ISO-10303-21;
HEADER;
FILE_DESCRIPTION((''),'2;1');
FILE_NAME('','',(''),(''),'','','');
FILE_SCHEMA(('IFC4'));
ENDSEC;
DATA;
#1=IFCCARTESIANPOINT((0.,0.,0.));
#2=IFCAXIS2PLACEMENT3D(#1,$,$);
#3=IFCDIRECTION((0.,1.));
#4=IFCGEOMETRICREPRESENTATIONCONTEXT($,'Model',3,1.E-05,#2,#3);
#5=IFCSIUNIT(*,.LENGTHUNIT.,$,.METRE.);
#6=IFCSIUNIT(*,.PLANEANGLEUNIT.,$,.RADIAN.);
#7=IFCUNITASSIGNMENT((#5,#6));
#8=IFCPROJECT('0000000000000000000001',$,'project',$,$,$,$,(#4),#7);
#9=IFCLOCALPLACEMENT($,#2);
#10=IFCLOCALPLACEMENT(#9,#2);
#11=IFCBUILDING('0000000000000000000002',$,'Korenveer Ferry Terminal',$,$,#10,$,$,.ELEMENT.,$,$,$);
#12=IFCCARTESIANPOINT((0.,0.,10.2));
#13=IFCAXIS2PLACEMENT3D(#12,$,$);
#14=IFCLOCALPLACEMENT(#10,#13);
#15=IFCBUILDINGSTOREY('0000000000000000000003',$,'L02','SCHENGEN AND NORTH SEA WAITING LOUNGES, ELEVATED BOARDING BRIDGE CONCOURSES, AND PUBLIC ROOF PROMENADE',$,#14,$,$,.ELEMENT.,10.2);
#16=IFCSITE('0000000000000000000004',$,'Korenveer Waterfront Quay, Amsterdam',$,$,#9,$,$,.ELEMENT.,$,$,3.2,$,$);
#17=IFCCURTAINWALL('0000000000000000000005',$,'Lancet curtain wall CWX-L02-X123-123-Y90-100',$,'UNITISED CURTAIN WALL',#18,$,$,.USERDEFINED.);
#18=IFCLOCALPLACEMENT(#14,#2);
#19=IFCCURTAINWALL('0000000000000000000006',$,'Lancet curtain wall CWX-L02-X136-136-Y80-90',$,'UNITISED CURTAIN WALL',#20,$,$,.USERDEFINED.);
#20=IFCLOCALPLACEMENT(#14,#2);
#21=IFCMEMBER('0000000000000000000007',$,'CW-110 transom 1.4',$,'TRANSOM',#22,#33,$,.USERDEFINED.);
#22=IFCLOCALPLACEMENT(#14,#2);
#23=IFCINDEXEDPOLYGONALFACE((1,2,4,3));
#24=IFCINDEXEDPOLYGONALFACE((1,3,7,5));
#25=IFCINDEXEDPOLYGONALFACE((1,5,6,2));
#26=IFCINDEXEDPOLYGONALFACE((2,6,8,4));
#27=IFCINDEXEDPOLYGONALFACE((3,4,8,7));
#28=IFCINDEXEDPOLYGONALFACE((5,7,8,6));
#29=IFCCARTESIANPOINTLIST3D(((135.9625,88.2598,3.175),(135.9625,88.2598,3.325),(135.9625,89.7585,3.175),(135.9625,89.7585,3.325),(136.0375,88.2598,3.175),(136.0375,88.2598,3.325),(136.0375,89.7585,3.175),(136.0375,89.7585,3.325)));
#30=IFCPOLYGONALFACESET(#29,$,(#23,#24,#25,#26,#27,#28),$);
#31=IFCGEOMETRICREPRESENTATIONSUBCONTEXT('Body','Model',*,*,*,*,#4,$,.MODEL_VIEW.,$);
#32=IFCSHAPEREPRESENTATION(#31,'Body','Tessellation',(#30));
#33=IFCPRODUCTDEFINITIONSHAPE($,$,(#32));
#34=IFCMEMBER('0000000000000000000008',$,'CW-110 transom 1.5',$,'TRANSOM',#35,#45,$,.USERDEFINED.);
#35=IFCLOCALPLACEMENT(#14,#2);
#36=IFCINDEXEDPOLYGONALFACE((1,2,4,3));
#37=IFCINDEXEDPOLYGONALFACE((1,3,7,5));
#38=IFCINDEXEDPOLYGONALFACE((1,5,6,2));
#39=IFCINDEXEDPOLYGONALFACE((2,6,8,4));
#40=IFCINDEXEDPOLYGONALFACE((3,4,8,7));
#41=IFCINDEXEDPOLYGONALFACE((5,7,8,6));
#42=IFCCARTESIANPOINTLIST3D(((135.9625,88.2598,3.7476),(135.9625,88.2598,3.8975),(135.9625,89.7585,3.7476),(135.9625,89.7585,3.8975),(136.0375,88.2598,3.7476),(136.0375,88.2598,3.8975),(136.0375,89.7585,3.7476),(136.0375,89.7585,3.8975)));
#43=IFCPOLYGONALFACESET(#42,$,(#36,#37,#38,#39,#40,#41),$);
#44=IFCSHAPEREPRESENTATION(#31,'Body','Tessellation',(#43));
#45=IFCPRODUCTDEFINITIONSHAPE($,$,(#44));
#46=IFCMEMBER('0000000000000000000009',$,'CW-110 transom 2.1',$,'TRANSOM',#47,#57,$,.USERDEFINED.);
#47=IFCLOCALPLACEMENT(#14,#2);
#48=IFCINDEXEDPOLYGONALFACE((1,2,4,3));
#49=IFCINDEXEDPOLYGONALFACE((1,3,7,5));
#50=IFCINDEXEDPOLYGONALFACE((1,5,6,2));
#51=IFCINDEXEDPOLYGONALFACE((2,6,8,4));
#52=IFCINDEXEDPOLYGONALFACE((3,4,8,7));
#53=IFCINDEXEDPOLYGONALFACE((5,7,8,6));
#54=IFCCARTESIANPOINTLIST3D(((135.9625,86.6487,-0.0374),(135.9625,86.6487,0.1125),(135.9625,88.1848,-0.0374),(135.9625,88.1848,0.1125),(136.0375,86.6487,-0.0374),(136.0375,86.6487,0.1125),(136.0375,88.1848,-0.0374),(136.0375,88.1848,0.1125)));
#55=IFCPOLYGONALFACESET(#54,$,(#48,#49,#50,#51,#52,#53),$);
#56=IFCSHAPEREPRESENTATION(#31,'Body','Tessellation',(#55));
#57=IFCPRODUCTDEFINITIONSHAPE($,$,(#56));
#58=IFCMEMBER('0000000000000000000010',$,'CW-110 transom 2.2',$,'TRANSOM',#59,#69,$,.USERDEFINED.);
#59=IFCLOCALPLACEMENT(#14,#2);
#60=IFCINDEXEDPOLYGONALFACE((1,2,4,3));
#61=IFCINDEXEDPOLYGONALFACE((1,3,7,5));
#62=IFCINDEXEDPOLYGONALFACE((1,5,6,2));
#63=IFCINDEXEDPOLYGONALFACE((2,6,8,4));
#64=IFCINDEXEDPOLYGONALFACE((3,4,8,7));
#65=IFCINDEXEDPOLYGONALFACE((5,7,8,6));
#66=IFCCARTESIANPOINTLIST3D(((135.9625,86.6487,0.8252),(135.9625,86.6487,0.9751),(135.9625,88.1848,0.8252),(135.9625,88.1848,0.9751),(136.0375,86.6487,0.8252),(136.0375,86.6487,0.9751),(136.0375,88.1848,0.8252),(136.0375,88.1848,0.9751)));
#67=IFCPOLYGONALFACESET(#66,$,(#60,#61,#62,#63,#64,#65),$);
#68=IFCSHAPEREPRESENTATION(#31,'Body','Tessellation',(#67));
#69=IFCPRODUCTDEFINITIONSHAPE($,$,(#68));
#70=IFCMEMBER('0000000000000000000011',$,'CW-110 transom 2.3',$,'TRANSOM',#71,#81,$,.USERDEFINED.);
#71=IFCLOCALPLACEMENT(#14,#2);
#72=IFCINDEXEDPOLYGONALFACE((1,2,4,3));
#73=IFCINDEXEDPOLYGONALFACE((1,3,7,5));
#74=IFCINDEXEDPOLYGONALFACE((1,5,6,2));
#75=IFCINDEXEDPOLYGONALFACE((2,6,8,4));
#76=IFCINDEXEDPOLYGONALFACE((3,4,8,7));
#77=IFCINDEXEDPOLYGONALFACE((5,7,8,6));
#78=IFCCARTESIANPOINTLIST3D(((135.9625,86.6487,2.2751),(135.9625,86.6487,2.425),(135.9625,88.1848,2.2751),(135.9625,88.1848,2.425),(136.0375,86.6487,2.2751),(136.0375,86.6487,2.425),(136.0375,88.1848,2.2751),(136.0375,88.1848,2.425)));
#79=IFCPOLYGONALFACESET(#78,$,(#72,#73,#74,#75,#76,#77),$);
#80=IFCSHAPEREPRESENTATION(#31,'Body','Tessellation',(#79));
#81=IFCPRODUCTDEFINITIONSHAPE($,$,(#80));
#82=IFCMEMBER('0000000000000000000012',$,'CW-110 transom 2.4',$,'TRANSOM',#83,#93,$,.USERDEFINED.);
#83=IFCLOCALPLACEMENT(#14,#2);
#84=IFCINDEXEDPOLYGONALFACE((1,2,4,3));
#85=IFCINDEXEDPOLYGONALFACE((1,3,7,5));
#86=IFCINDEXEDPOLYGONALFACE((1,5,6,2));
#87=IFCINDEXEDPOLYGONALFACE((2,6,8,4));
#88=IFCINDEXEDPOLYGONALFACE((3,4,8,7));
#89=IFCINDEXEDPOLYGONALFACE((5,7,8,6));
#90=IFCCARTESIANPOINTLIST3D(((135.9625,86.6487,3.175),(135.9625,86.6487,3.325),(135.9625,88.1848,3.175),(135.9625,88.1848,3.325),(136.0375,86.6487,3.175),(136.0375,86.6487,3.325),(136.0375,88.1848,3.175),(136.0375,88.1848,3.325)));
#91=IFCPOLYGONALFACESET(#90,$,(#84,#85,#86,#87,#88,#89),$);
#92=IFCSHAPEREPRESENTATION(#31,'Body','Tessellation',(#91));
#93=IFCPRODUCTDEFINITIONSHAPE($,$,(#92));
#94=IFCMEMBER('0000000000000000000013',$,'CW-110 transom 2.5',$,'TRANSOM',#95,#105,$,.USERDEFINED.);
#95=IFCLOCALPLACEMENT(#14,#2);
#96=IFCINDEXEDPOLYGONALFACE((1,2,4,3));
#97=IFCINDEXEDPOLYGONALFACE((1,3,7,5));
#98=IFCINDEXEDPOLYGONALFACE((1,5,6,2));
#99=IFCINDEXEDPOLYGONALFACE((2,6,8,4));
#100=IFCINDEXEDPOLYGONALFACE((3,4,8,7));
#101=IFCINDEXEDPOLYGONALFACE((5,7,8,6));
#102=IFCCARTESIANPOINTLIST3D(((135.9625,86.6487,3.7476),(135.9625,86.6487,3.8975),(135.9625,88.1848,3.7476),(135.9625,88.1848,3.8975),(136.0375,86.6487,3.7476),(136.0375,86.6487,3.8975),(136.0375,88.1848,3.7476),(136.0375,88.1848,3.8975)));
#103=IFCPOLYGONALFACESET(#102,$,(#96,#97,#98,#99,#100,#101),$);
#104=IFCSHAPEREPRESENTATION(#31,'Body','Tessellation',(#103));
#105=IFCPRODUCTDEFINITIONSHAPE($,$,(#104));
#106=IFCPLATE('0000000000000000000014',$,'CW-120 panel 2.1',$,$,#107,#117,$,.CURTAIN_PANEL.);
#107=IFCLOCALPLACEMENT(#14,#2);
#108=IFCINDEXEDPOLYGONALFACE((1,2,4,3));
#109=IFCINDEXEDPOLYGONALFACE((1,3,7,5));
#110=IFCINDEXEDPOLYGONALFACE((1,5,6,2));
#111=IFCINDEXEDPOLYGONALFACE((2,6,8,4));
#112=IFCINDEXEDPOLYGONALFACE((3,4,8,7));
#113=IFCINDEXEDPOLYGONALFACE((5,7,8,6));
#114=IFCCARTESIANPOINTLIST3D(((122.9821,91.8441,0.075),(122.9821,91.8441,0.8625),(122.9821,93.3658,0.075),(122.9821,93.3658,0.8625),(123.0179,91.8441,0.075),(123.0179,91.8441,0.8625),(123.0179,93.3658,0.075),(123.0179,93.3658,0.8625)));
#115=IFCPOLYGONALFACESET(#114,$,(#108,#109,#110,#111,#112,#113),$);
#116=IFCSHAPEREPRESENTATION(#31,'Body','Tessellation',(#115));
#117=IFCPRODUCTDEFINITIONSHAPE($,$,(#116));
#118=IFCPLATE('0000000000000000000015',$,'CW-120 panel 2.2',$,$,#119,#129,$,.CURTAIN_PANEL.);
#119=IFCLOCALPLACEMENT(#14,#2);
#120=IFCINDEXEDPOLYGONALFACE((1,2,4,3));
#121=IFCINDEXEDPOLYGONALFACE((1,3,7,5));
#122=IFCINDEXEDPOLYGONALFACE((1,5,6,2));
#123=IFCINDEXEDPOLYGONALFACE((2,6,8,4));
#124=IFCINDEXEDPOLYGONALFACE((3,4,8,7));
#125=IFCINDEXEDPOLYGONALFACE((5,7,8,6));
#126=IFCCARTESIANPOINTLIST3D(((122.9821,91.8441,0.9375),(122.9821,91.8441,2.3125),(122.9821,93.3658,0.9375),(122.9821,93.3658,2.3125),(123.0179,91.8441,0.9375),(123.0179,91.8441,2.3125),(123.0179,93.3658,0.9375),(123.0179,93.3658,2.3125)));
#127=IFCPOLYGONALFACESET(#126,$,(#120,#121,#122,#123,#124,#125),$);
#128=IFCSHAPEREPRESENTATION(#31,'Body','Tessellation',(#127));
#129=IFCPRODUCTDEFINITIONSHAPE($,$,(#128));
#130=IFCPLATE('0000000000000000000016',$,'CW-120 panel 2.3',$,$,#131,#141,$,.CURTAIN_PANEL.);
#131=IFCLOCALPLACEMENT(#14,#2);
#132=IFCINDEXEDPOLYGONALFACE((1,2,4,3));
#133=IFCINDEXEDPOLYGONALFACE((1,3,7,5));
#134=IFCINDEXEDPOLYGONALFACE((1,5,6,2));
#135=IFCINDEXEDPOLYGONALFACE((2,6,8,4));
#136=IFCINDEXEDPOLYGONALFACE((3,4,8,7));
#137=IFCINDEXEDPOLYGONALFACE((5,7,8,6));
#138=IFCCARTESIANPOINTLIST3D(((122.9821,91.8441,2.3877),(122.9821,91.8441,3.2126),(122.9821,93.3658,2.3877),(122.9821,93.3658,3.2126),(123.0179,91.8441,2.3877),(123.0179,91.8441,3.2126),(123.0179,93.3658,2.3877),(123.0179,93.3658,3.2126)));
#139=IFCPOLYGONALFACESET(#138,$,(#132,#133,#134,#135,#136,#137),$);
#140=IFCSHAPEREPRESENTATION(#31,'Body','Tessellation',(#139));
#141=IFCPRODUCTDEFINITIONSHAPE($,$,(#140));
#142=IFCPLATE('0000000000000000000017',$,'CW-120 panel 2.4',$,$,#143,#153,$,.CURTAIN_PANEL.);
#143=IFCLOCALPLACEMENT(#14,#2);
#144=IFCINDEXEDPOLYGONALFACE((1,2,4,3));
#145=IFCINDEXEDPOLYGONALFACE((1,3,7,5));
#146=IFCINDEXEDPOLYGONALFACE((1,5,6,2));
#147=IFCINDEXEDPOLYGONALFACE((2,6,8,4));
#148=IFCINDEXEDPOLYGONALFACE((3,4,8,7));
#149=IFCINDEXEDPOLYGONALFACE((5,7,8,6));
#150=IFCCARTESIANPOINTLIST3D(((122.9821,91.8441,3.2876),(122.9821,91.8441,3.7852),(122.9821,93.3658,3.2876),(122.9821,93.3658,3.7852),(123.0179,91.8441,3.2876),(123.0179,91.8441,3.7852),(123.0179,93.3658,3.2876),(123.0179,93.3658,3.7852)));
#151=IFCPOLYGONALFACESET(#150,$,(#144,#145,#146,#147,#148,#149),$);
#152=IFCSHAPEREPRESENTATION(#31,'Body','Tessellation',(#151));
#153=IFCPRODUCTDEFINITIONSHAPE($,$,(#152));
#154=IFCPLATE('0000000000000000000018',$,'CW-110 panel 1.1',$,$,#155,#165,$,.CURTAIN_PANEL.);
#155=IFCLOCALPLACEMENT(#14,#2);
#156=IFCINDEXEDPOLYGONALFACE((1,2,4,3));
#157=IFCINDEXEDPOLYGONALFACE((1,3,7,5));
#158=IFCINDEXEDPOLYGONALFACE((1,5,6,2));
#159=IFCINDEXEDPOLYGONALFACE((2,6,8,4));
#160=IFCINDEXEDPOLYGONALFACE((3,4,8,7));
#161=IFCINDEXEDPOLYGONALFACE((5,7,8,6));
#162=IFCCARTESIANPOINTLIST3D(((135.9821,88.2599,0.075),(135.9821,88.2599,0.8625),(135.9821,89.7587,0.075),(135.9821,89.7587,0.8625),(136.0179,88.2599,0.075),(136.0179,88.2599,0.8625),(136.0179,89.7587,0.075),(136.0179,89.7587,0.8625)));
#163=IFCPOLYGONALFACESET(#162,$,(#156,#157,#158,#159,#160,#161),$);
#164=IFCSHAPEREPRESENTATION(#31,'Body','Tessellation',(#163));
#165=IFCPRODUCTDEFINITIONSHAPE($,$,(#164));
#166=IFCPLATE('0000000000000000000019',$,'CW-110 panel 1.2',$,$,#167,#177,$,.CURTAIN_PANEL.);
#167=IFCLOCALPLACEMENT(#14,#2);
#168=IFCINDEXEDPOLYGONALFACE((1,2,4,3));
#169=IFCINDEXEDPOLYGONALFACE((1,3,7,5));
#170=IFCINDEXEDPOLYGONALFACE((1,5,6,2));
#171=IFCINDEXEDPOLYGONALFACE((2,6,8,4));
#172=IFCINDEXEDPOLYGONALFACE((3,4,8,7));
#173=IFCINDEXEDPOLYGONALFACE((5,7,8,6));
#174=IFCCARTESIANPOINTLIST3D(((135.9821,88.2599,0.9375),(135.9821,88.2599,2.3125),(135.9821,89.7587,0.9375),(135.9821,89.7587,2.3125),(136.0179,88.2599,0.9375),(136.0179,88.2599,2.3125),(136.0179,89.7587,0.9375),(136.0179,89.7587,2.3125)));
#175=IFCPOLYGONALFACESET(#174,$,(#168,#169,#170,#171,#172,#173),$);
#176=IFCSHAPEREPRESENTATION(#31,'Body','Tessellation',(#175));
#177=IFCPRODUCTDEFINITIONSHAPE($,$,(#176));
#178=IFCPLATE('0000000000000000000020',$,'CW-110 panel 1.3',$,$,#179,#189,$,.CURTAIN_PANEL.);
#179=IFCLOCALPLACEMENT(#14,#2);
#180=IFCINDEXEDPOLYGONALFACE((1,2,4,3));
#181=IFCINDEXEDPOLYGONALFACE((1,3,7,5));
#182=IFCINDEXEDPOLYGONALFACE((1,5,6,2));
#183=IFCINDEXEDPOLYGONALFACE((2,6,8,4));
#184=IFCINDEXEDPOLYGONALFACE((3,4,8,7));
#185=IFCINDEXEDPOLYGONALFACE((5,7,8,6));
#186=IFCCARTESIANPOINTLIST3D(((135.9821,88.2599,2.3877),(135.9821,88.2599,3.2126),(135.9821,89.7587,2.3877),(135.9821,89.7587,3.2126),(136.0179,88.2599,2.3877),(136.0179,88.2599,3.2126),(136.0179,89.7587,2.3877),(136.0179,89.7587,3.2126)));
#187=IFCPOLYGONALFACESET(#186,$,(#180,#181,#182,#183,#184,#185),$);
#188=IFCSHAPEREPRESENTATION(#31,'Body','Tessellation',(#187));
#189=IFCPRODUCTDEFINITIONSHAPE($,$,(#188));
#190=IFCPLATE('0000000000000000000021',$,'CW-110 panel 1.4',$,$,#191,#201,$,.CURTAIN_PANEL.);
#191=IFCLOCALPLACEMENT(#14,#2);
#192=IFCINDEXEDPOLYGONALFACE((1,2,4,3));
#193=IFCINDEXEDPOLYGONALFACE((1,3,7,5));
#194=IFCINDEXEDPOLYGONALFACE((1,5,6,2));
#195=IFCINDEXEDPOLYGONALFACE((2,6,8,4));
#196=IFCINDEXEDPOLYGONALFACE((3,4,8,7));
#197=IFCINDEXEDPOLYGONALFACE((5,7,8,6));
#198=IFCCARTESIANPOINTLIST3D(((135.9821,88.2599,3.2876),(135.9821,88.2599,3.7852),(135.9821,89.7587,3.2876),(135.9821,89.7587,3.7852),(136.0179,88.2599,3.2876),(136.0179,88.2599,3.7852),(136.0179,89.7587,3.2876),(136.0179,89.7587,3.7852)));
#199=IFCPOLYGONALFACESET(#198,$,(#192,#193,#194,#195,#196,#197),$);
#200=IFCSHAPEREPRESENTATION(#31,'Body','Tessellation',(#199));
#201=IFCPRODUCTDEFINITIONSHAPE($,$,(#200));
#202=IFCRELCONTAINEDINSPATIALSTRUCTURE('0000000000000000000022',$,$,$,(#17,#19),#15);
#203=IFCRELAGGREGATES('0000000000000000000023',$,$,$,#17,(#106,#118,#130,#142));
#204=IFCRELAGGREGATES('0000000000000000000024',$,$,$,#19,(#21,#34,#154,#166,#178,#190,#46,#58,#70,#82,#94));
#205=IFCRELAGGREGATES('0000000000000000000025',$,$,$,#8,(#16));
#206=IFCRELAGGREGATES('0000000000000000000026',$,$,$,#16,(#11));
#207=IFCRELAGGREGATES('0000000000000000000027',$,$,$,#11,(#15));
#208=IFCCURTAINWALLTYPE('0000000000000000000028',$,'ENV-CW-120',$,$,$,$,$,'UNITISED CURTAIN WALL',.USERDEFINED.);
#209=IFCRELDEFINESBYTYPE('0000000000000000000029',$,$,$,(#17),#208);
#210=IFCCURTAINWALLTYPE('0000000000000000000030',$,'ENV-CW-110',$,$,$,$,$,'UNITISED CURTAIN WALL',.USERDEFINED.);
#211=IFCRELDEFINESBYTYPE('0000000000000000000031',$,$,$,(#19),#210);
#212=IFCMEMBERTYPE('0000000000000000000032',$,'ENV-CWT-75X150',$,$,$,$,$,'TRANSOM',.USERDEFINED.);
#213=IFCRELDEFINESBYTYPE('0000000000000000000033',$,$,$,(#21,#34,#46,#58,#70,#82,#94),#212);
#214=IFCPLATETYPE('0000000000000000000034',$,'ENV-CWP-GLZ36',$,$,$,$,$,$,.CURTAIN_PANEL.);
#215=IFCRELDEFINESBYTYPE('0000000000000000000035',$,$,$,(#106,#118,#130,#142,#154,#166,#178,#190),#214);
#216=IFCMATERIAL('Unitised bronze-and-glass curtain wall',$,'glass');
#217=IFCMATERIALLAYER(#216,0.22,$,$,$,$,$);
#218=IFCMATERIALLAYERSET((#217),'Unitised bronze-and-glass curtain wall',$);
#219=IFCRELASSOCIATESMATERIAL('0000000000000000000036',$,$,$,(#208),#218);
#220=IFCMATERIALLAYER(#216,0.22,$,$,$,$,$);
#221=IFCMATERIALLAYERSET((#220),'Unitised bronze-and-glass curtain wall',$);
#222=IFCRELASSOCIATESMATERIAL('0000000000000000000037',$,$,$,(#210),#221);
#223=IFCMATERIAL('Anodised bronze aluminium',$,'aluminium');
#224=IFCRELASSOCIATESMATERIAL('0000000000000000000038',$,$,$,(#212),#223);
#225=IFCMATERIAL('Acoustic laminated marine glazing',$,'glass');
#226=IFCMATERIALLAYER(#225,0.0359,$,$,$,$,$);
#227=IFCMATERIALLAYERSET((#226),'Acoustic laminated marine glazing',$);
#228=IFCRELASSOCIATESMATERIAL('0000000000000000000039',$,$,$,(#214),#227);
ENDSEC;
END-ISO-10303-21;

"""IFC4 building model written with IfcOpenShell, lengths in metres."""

from ifc_helpers import new_model, si_unit, direction, frame, origin, origin_2d, place, context, subcontext, project, spatial, rectangle, extrude, material, layer, layer_set, material_profile, profile_set, type_object, element, aggregate, save


model = new_model("IFC4")

# Units and contexts
model_context = context("Model", 3, precision=1e-05, world=origin(), true_north=direction((0.0, 1.0)))
body_context = subcontext(model_context, "Body", "Model", "MODEL_VIEW")
ifc_project = project(units=[si_unit("LENGTHUNIT", "METRE"), si_unit("PLANEANGLEUNIT", "RADIAN")], contexts=[model_context])

# Site, building, storey
site_placement = place(None, origin())
site = spatial("IfcSite", under=ifc_project, at=site_placement, Name="Korenveer Waterfront Quay, Amsterdam", CompositionType="ELEMENT", RefElevation=3.2)
building_placement = place(site_placement, origin())
building = spatial("IfcBuilding", under=site, at=building_placement, Name="Korenveer Ferry Terminal", CompositionType="ELEMENT")
storey_placement = place(building_placement, frame((0.0, 0.0, 10.2)))
storey = spatial("IfcBuildingStorey", under=building, at=storey_placement, Name="L02", Description="SCHENGEN AND NORTH SEA WAITING LOUNGES, ELEVATED BOARDING BRIDGE CONCOURSES, AND PUBLIC ROOF PROMENADE", CompositionType="ELEMENT", Elevation=10.2)

# Curtain wall
ifc_material_1 = material(Name="Unitised bronze-and-glass curtain wall", Category="glass")
ifc_layer_1 = layer(ifc_material_1, 0.22)
ifc_layer_set_1 = layer_set([ifc_layer_1], Name="Unitised bronze-and-glass curtain wall")
curtain_wall_type_1 = type_object("IfcCurtainWallType", Name="ENV-CW-120", ElementType="UNITISED CURTAIN WALL", PredefinedType="USERDEFINED", material=ifc_layer_set_1)
curtain_wall_1_placement = place(storey_placement, frame((123.0, 90.21, 0.0)))
curtain_wall_1 = element("IfcCurtainWall", 1, at=curtain_wall_1_placement, inside=storey, type_object=curtain_wall_type_1, Name="Lancet curtain wall CWX-L02-X123-123-Y90-100", ObjectType="UNITISED CURTAIN WALL", PredefinedType="USERDEFINED")
ifc_material_2 = material(Name="Anodised bronze aluminium", Category="aluminium")

# Curtain wall
ifc_layer_2 = layer(ifc_material_1, 0.22)
ifc_layer_set_2 = layer_set([ifc_layer_2], Name="Unitised bronze-and-glass curtain wall")
curtain_wall_type_2 = type_object("IfcCurtainWallType", Name="ENV-CW-110", ElementType="UNITISED CURTAIN WALL", PredefinedType="USERDEFINED", material=ifc_layer_set_2)
curtain_wall_2_placement = place(storey_placement, frame((136.0, 89.8335, 0.0)))
curtain_wall_2 = element("IfcCurtainWall", 2, at=curtain_wall_2_placement, inside=storey, type_object=curtain_wall_type_2, Name="Lancet curtain wall CWX-L02-X136-136-Y80-90", ObjectType="UNITISED CURTAIN WALL", PredefinedType="USERDEFINED")

# Members
ifc_material_profile_1 = material_profile(ifc_material_2, rectangle(XDim=0.075, YDim=0.1499, at=origin_2d()), Name="ALU 75x150")
ifc_profile_set_1 = profile_set([ifc_material_profile_1], Name="Anodised bronze aluminium")
member_type_1 = type_object("IfcMemberType", Name="ENV-CWT-75X150", ElementType="TRANSOM", PredefinedType="USERDEFINED", material=ifc_profile_set_1)
member_1_placement = place(storey_placement, frame((136.0, 89.7585, 3.25), z_axis=(0.0, -1.0, 0.0), x_axis=(1.0, 0.0, 0.0)))
member_1 = element("IfcMember", 3, at=member_1_placement, type_object=member_type_1, Name="CW-110 transom 1.4", ObjectType="TRANSOM", PredefinedType="USERDEFINED", context=body_context, shape_type="SweptSolid", body=[
    extrude(rectangle(XDim=0.075, YDim=0.1499, at=origin_2d()), origin(), (0.0, 0.0, 1.0), 1.4988),
])
member_2_placement = place(storey_placement, frame((136.0, 89.7585, 3.8225), z_axis=(0.0, -1.0, 0.0), x_axis=(1.0, 0.0, 0.0)))
member_2 = element("IfcMember", 4, at=member_2_placement, type_object=member_type_1, Name="CW-110 transom 1.5", ObjectType="TRANSOM", PredefinedType="USERDEFINED", context=body_context, shape_type="SweptSolid", body=[
    extrude(rectangle(XDim=0.075, YDim=0.1499, at=origin_2d()), origin(), (0.0, 0.0, 1.0), 1.4988),
])
member_3_placement = place(storey_placement, frame((136.0, 88.1848, 0.0376), z_axis=(0.0, -1.0, 0.0), x_axis=(1.0, 0.0, 0.0)))
member_3 = element("IfcMember", 5, at=member_3_placement, type_object=member_type_1, Name="CW-110 transom 2.1", ObjectType="TRANSOM", PredefinedType="USERDEFINED", context=body_context, shape_type="SweptSolid", body=[
    extrude(rectangle(XDim=0.075, YDim=0.1499, at=origin_2d()), origin(), (0.0, 0.0, 1.0), 1.5361),
])
member_4_placement = place(storey_placement, frame((136.0, 88.1848, 0.9001), z_axis=(0.0, -1.0, 0.0), x_axis=(1.0, 0.0, 0.0)))
member_4 = element("IfcMember", 6, at=member_4_placement, type_object=member_type_1, Name="CW-110 transom 2.2", ObjectType="TRANSOM", PredefinedType="USERDEFINED", context=body_context, shape_type="SweptSolid", body=[
    extrude(rectangle(XDim=0.075, YDim=0.1499, at=origin_2d()), origin(), (0.0, 0.0, 1.0), 1.5361),
])
member_5_placement = place(storey_placement, frame((136.0, 88.1848, 2.3501), z_axis=(0.0, -1.0, 0.0), x_axis=(1.0, 0.0, 0.0)))
member_5 = element("IfcMember", 7, at=member_5_placement, type_object=member_type_1, Name="CW-110 transom 2.3", ObjectType="TRANSOM", PredefinedType="USERDEFINED", context=body_context, shape_type="SweptSolid", body=[
    extrude(rectangle(XDim=0.075, YDim=0.1499, at=origin_2d()), origin(), (0.0, 0.0, 1.0), 1.5361),
])
member_6_placement = place(storey_placement, frame((136.0, 88.1848, 3.25), z_axis=(0.0, -1.0, 0.0), x_axis=(1.0, 0.0, 0.0)))
member_6 = element("IfcMember", 8, at=member_6_placement, type_object=member_type_1, Name="CW-110 transom 2.4", ObjectType="TRANSOM", PredefinedType="USERDEFINED", context=body_context, shape_type="SweptSolid", body=[
    extrude(rectangle(XDim=0.075, YDim=0.1499, at=origin_2d()), origin(), (0.0, 0.0, 1.0), 1.5361),
])
member_7_placement = place(storey_placement, frame((136.0, 88.1848, 3.8225), z_axis=(0.0, -1.0, 0.0), x_axis=(1.0, 0.0, 0.0)))
member_7 = element("IfcMember", 9, at=member_7_placement, type_object=member_type_1, Name="CW-110 transom 2.5", ObjectType="TRANSOM", PredefinedType="USERDEFINED", context=body_context, shape_type="SweptSolid", body=[
    extrude(rectangle(XDim=0.075, YDim=0.1499, at=origin_2d()), origin(), (0.0, 0.0, 1.0), 1.5361),
])

# Plates
ifc_material_3 = material(Name="Acoustic laminated marine glazing", Category="glass")
ifc_layer_3 = layer(ifc_material_3, 0.0359)
ifc_layer_set_3 = layer_set([ifc_layer_3], Name="Acoustic laminated marine glazing")
plate_type_1 = type_object("IfcPlateType", Name="ENV-CWP-GLZ36", PredefinedType="CURTAIN_PANEL", material=ifc_layer_set_3)
plate_1_placement = place(storey_placement, frame((123.0, 92.605, 0.075), z_axis=(0.0, 0.0, 1.0), x_axis=(0.0, 1.0, 0.0)))
plate_1 = element("IfcPlate", 10, at=plate_1_placement, type_object=plate_type_1, Name="CW-120 panel 2.1", PredefinedType="CURTAIN_PANEL", context=body_context, shape_type="SweptSolid", body=[
    extrude(rectangle(XDim=1.5217, YDim=0.0359, at=origin_2d()), origin(), (0.0, 0.0, 1.0), 0.7876),
])
plate_2_placement = place(storey_placement, frame((123.0, 92.605, 0.9375), z_axis=(0.0, 0.0, 1.0), x_axis=(0.0, 1.0, 0.0)))
plate_2 = element("IfcPlate", 11, at=plate_2_placement, type_object=plate_type_1, Name="CW-120 panel 2.2", PredefinedType="CURTAIN_PANEL", context=body_context, shape_type="SweptSolid", body=[
    extrude(rectangle(XDim=1.5217, YDim=0.0359, at=origin_2d()), origin(), (0.0, 0.0, 1.0), 1.375),
])
plate_3_placement = place(storey_placement, frame((123.0, 92.605, 2.3877), z_axis=(0.0, 0.0, 1.0), x_axis=(0.0, 1.0, 0.0)))
plate_3 = element("IfcPlate", 12, at=plate_3_placement, type_object=plate_type_1, Name="CW-120 panel 2.3", PredefinedType="CURTAIN_PANEL", context=body_context, shape_type="SweptSolid", body=[
    extrude(rectangle(XDim=1.5217, YDim=0.0359, at=origin_2d()), origin(), (0.0, 0.0, 1.0), 0.825),
])
plate_4_placement = place(storey_placement, frame((123.0, 92.605, 3.2876), z_axis=(0.0, 0.0, 1.0), x_axis=(0.0, 1.0, 0.0)))
plate_4 = element("IfcPlate", 13, at=plate_4_placement, type_object=plate_type_1, Name="CW-120 panel 2.4", PredefinedType="CURTAIN_PANEL", context=body_context, shape_type="SweptSolid", body=[
    extrude(rectangle(XDim=1.5217, YDim=0.0359, at=origin_2d()), origin(), (0.0, 0.0, 1.0), 0.4976),
])
aggregate(curtain_wall_1, [plate_1, plate_2, plate_3, plate_4])
plate_5_placement = place(storey_placement, frame((136.0, 89.0093, 0.075), z_axis=(0.0, 0.0, 1.0), x_axis=(0.0, -1.0, 0.0)))
plate_5 = element("IfcPlate", 14, at=plate_5_placement, type_object=plate_type_1, Name="CW-110 panel 1.1", PredefinedType="CURTAIN_PANEL", context=body_context, shape_type="SweptSolid", body=[
    extrude(rectangle(XDim=1.4988, YDim=0.0359, at=origin_2d()), origin(), (0.0, 0.0, 1.0), 0.7876),
])
plate_6_placement = place(storey_placement, frame((136.0, 89.0093, 0.9375), z_axis=(0.0, 0.0, 1.0), x_axis=(0.0, -1.0, 0.0)))
plate_6 = element("IfcPlate", 15, at=plate_6_placement, type_object=plate_type_1, Name="CW-110 panel 1.2", PredefinedType="CURTAIN_PANEL", context=body_context, shape_type="SweptSolid", body=[
    extrude(rectangle(XDim=1.4988, YDim=0.0359, at=origin_2d()), origin(), (0.0, 0.0, 1.0), 1.375),
])
plate_7_placement = place(storey_placement, frame((136.0, 89.0093, 2.3877), z_axis=(0.0, 0.0, 1.0), x_axis=(0.0, -1.0, 0.0)))
plate_7 = element("IfcPlate", 16, at=plate_7_placement, type_object=plate_type_1, Name="CW-110 panel 1.3", PredefinedType="CURTAIN_PANEL", context=body_context, shape_type="SweptSolid", body=[
    extrude(rectangle(XDim=1.4988, YDim=0.0359, at=origin_2d()), origin(), (0.0, 0.0, 1.0), 0.825),
])
plate_8_placement = place(storey_placement, frame((136.0, 89.0093, 3.2876), z_axis=(0.0, 0.0, 1.0), x_axis=(0.0, -1.0, 0.0)))
plate_8 = element("IfcPlate", 17, at=plate_8_placement, type_object=plate_type_1, Name="CW-110 panel 1.4", PredefinedType="CURTAIN_PANEL", context=body_context, shape_type="SweptSolid", body=[
    extrude(rectangle(XDim=1.4988, YDim=0.0359, at=origin_2d()), origin(), (0.0, 0.0, 1.0), 0.4976),
])
aggregate(curtain_wall_2, [member_1, member_2, plate_5, plate_6, plate_7, plate_8, member_3, member_4, member_5, member_6, member_7])

save(model, "model.ifc")
